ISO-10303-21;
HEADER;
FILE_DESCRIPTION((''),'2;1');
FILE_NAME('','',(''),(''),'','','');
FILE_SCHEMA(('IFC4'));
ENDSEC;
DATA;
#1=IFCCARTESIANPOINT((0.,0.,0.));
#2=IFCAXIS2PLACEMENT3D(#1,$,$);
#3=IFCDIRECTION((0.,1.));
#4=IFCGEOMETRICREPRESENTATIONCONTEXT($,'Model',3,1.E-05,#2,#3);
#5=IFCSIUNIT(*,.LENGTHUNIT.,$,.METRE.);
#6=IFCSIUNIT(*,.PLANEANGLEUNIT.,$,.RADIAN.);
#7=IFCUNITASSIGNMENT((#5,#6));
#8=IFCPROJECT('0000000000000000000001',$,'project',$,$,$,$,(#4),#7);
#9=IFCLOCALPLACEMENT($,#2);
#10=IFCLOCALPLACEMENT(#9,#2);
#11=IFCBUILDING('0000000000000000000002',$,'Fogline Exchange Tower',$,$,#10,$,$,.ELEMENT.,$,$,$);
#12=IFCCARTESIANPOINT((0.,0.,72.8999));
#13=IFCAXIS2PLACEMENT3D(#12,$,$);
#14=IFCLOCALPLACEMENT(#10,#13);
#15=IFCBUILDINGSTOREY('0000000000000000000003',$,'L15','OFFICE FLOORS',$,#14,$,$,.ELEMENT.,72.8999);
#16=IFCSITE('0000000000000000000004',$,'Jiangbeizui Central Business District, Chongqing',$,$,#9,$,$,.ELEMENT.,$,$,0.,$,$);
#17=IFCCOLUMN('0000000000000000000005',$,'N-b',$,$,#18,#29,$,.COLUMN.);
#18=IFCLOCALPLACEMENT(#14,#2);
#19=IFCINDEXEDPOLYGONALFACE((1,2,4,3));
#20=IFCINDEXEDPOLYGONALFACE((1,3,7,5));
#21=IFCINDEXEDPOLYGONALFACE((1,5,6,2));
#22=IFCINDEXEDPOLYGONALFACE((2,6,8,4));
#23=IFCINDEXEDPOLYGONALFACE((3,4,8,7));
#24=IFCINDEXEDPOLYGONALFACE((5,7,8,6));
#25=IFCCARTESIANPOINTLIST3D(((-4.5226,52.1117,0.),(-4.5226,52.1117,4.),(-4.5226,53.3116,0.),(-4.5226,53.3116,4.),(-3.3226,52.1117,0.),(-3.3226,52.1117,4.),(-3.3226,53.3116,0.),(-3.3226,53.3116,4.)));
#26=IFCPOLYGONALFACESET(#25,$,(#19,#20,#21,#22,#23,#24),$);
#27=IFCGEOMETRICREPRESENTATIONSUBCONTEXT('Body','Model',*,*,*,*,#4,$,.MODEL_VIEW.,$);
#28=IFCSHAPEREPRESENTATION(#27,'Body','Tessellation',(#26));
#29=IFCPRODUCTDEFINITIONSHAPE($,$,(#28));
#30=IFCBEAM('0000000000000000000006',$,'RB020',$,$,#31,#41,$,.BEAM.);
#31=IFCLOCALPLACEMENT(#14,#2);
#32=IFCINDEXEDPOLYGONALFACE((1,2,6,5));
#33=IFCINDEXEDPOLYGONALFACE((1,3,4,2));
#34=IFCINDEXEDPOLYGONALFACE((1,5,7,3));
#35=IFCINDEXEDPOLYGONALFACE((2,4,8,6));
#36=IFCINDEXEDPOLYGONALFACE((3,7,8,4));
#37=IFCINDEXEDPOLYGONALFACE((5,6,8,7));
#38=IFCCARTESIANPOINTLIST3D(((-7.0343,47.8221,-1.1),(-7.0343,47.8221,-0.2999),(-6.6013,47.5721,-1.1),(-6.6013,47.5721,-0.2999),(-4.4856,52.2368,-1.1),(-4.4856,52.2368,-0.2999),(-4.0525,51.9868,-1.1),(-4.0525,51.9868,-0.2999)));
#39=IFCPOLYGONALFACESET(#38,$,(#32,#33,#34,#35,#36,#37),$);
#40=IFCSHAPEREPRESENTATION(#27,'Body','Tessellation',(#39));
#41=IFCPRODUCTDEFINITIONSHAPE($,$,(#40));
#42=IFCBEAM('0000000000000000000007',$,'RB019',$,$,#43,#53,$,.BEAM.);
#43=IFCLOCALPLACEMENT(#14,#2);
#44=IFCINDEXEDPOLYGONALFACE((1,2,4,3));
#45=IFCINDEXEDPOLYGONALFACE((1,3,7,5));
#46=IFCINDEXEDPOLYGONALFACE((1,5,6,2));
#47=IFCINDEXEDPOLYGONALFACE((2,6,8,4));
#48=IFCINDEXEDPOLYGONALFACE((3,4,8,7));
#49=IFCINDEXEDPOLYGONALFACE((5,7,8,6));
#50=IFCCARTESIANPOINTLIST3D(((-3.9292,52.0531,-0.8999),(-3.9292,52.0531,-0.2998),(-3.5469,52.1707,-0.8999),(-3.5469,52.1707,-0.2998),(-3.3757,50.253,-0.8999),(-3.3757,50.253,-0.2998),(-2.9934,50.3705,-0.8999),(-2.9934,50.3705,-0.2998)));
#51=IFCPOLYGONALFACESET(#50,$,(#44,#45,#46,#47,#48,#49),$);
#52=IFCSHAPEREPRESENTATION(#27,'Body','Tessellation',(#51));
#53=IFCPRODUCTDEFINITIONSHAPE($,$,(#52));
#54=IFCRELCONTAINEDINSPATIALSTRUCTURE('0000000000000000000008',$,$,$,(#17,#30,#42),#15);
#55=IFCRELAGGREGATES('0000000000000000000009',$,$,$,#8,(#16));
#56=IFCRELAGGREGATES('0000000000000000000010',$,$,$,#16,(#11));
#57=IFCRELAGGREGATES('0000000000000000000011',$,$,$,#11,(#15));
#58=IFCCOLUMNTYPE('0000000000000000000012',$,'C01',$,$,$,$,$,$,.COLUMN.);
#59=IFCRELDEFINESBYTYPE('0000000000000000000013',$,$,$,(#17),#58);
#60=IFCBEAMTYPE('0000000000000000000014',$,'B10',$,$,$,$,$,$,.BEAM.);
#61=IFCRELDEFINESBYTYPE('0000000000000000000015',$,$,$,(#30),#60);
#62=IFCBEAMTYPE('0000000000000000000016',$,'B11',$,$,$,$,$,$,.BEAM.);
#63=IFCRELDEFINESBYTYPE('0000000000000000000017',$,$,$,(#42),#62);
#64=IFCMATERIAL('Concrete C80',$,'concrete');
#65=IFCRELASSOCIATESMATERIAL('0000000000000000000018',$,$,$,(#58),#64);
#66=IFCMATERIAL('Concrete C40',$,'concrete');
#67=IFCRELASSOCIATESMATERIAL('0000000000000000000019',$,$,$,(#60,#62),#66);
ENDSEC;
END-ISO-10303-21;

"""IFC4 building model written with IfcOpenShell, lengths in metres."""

from ifc_helpers import new_model, si_unit, direction, frame, origin, origin_2d, place, context, subcontext, project, spatial, rectangle, extrude, material, material_profile, profile_set, type_object, element, save


model = new_model("IFC4")

# Units and contexts
model_context = context("Model", 3, precision=1e-05, world=origin(), true_north=direction((0.0, 1.0)))
body_context = subcontext(model_context, "Body", "Model", "MODEL_VIEW")
ifc_project = project(units=[si_unit("LENGTHUNIT", "METRE"), si_unit("PLANEANGLEUNIT", "RADIAN")], contexts=[model_context])

# Site, building, storey
site_placement = place(None, origin())
site = spatial("IfcSite", under=ifc_project, at=site_placement, Name="Jiangbeizui Central Business District, Chongqing", CompositionType="ELEMENT", RefElevation=0.0)
building_placement = place(site_placement, origin())
building = spatial("IfcBuilding", under=site, at=building_placement, Name="Fogline Exchange Tower", CompositionType="ELEMENT")
storey_placement = place(building_placement, frame((0.0, 0.0, 72.8999)))
storey = spatial("IfcBuildingStorey", under=building, at=storey_placement, Name="L15", Description="OFFICE FLOORS", CompositionType="ELEMENT", Elevation=72.8999)

# Column
ifc_material_1 = material(Name="Concrete C80", Category="concrete")
ifc_material_profile_1 = material_profile(ifc_material_1, rectangle(XDim=1.2, YDim=1.2, at=origin_2d()), Name="RC 1200x1200")
ifc_profile_set_1 = profile_set([ifc_material_profile_1], Name="Concrete C80")
column_type = type_object("IfcColumnType", Name="C01", PredefinedType="COLUMN", material=ifc_profile_set_1)
column_placement = place(storey_placement, frame((-3.9226, 52.7117, 0.0), z_axis=(0.0, 0.0, 1.0), x_axis=(1.0, 0.0, 0.0)))
element("IfcColumn", 1, at=column_placement, inside=storey, type_object=column_type, Name="N-b", PredefinedType="COLUMN", context=body_context, shape_type="SweptSolid", body=[
    extrude(rectangle(XDim=1.2, YDim=1.2, at=origin_2d()), origin(), (0.0, 0.0, 1.0), 4.0),
])

# Beams
ifc_material_2 = material(Name="Concrete C40", Category="concrete")
ifc_material_profile_2 = material_profile(ifc_material_2, rectangle(XDim=0.5, YDim=0.8, at=origin_2d()), Name="RC 500x800")
ifc_profile_set_2 = profile_set([ifc_material_profile_2], Name="Concrete C40")
beam_type_1 = type_object("IfcBeamType", Name="B10", PredefinedType="BEAM", material=ifc_profile_set_2)
beam_1_placement = place(storey_placement, frame((-4.269, 52.1118, -0.7), z_axis=(-0.499992, -0.86603, 0.0), x_axis=(0.86603, -0.499992, 0.0)))
element("IfcBeam", 2, at=beam_1_placement, inside=storey, type_object=beam_type_1, Name="RB020", PredefinedType="BEAM", context=body_context, shape_type="SweptSolid", body=[
    extrude(rectangle(XDim=0.5, YDim=0.8, at=origin_2d()), origin(), (0.0, 0.0, 1.0), 5.0977),
])
ifc_material_profile_3 = material_profile(ifc_material_2, rectangle(XDim=0.3999, YDim=0.6001, at=origin_2d()), Name="RC 400x600")
ifc_profile_set_3 = profile_set([ifc_material_profile_3], Name="Concrete C40")
beam_type_2 = type_object("IfcBeamType", Name="B11", PredefinedType="BEAM", material=ifc_profile_set_3)
beam_2_placement = place(storey_placement, frame((-3.1846, 50.3118, -0.5999), z_axis=(-0.293895, 0.955838, 0.0), x_axis=(-0.955838, -0.293895, 0.0)))
element("IfcBeam", 3, at=beam_2_placement, inside=storey, type_object=beam_type_2, Name="RB019", PredefinedType="BEAM", context=body_context, shape_type="SweptSolid", body=[
    extrude(rectangle(XDim=0.3999, YDim=0.6001, at=origin_2d()), origin(), (0.0, 0.0, 1.0), 1.8833),
])

save(model, "model.ifc")
